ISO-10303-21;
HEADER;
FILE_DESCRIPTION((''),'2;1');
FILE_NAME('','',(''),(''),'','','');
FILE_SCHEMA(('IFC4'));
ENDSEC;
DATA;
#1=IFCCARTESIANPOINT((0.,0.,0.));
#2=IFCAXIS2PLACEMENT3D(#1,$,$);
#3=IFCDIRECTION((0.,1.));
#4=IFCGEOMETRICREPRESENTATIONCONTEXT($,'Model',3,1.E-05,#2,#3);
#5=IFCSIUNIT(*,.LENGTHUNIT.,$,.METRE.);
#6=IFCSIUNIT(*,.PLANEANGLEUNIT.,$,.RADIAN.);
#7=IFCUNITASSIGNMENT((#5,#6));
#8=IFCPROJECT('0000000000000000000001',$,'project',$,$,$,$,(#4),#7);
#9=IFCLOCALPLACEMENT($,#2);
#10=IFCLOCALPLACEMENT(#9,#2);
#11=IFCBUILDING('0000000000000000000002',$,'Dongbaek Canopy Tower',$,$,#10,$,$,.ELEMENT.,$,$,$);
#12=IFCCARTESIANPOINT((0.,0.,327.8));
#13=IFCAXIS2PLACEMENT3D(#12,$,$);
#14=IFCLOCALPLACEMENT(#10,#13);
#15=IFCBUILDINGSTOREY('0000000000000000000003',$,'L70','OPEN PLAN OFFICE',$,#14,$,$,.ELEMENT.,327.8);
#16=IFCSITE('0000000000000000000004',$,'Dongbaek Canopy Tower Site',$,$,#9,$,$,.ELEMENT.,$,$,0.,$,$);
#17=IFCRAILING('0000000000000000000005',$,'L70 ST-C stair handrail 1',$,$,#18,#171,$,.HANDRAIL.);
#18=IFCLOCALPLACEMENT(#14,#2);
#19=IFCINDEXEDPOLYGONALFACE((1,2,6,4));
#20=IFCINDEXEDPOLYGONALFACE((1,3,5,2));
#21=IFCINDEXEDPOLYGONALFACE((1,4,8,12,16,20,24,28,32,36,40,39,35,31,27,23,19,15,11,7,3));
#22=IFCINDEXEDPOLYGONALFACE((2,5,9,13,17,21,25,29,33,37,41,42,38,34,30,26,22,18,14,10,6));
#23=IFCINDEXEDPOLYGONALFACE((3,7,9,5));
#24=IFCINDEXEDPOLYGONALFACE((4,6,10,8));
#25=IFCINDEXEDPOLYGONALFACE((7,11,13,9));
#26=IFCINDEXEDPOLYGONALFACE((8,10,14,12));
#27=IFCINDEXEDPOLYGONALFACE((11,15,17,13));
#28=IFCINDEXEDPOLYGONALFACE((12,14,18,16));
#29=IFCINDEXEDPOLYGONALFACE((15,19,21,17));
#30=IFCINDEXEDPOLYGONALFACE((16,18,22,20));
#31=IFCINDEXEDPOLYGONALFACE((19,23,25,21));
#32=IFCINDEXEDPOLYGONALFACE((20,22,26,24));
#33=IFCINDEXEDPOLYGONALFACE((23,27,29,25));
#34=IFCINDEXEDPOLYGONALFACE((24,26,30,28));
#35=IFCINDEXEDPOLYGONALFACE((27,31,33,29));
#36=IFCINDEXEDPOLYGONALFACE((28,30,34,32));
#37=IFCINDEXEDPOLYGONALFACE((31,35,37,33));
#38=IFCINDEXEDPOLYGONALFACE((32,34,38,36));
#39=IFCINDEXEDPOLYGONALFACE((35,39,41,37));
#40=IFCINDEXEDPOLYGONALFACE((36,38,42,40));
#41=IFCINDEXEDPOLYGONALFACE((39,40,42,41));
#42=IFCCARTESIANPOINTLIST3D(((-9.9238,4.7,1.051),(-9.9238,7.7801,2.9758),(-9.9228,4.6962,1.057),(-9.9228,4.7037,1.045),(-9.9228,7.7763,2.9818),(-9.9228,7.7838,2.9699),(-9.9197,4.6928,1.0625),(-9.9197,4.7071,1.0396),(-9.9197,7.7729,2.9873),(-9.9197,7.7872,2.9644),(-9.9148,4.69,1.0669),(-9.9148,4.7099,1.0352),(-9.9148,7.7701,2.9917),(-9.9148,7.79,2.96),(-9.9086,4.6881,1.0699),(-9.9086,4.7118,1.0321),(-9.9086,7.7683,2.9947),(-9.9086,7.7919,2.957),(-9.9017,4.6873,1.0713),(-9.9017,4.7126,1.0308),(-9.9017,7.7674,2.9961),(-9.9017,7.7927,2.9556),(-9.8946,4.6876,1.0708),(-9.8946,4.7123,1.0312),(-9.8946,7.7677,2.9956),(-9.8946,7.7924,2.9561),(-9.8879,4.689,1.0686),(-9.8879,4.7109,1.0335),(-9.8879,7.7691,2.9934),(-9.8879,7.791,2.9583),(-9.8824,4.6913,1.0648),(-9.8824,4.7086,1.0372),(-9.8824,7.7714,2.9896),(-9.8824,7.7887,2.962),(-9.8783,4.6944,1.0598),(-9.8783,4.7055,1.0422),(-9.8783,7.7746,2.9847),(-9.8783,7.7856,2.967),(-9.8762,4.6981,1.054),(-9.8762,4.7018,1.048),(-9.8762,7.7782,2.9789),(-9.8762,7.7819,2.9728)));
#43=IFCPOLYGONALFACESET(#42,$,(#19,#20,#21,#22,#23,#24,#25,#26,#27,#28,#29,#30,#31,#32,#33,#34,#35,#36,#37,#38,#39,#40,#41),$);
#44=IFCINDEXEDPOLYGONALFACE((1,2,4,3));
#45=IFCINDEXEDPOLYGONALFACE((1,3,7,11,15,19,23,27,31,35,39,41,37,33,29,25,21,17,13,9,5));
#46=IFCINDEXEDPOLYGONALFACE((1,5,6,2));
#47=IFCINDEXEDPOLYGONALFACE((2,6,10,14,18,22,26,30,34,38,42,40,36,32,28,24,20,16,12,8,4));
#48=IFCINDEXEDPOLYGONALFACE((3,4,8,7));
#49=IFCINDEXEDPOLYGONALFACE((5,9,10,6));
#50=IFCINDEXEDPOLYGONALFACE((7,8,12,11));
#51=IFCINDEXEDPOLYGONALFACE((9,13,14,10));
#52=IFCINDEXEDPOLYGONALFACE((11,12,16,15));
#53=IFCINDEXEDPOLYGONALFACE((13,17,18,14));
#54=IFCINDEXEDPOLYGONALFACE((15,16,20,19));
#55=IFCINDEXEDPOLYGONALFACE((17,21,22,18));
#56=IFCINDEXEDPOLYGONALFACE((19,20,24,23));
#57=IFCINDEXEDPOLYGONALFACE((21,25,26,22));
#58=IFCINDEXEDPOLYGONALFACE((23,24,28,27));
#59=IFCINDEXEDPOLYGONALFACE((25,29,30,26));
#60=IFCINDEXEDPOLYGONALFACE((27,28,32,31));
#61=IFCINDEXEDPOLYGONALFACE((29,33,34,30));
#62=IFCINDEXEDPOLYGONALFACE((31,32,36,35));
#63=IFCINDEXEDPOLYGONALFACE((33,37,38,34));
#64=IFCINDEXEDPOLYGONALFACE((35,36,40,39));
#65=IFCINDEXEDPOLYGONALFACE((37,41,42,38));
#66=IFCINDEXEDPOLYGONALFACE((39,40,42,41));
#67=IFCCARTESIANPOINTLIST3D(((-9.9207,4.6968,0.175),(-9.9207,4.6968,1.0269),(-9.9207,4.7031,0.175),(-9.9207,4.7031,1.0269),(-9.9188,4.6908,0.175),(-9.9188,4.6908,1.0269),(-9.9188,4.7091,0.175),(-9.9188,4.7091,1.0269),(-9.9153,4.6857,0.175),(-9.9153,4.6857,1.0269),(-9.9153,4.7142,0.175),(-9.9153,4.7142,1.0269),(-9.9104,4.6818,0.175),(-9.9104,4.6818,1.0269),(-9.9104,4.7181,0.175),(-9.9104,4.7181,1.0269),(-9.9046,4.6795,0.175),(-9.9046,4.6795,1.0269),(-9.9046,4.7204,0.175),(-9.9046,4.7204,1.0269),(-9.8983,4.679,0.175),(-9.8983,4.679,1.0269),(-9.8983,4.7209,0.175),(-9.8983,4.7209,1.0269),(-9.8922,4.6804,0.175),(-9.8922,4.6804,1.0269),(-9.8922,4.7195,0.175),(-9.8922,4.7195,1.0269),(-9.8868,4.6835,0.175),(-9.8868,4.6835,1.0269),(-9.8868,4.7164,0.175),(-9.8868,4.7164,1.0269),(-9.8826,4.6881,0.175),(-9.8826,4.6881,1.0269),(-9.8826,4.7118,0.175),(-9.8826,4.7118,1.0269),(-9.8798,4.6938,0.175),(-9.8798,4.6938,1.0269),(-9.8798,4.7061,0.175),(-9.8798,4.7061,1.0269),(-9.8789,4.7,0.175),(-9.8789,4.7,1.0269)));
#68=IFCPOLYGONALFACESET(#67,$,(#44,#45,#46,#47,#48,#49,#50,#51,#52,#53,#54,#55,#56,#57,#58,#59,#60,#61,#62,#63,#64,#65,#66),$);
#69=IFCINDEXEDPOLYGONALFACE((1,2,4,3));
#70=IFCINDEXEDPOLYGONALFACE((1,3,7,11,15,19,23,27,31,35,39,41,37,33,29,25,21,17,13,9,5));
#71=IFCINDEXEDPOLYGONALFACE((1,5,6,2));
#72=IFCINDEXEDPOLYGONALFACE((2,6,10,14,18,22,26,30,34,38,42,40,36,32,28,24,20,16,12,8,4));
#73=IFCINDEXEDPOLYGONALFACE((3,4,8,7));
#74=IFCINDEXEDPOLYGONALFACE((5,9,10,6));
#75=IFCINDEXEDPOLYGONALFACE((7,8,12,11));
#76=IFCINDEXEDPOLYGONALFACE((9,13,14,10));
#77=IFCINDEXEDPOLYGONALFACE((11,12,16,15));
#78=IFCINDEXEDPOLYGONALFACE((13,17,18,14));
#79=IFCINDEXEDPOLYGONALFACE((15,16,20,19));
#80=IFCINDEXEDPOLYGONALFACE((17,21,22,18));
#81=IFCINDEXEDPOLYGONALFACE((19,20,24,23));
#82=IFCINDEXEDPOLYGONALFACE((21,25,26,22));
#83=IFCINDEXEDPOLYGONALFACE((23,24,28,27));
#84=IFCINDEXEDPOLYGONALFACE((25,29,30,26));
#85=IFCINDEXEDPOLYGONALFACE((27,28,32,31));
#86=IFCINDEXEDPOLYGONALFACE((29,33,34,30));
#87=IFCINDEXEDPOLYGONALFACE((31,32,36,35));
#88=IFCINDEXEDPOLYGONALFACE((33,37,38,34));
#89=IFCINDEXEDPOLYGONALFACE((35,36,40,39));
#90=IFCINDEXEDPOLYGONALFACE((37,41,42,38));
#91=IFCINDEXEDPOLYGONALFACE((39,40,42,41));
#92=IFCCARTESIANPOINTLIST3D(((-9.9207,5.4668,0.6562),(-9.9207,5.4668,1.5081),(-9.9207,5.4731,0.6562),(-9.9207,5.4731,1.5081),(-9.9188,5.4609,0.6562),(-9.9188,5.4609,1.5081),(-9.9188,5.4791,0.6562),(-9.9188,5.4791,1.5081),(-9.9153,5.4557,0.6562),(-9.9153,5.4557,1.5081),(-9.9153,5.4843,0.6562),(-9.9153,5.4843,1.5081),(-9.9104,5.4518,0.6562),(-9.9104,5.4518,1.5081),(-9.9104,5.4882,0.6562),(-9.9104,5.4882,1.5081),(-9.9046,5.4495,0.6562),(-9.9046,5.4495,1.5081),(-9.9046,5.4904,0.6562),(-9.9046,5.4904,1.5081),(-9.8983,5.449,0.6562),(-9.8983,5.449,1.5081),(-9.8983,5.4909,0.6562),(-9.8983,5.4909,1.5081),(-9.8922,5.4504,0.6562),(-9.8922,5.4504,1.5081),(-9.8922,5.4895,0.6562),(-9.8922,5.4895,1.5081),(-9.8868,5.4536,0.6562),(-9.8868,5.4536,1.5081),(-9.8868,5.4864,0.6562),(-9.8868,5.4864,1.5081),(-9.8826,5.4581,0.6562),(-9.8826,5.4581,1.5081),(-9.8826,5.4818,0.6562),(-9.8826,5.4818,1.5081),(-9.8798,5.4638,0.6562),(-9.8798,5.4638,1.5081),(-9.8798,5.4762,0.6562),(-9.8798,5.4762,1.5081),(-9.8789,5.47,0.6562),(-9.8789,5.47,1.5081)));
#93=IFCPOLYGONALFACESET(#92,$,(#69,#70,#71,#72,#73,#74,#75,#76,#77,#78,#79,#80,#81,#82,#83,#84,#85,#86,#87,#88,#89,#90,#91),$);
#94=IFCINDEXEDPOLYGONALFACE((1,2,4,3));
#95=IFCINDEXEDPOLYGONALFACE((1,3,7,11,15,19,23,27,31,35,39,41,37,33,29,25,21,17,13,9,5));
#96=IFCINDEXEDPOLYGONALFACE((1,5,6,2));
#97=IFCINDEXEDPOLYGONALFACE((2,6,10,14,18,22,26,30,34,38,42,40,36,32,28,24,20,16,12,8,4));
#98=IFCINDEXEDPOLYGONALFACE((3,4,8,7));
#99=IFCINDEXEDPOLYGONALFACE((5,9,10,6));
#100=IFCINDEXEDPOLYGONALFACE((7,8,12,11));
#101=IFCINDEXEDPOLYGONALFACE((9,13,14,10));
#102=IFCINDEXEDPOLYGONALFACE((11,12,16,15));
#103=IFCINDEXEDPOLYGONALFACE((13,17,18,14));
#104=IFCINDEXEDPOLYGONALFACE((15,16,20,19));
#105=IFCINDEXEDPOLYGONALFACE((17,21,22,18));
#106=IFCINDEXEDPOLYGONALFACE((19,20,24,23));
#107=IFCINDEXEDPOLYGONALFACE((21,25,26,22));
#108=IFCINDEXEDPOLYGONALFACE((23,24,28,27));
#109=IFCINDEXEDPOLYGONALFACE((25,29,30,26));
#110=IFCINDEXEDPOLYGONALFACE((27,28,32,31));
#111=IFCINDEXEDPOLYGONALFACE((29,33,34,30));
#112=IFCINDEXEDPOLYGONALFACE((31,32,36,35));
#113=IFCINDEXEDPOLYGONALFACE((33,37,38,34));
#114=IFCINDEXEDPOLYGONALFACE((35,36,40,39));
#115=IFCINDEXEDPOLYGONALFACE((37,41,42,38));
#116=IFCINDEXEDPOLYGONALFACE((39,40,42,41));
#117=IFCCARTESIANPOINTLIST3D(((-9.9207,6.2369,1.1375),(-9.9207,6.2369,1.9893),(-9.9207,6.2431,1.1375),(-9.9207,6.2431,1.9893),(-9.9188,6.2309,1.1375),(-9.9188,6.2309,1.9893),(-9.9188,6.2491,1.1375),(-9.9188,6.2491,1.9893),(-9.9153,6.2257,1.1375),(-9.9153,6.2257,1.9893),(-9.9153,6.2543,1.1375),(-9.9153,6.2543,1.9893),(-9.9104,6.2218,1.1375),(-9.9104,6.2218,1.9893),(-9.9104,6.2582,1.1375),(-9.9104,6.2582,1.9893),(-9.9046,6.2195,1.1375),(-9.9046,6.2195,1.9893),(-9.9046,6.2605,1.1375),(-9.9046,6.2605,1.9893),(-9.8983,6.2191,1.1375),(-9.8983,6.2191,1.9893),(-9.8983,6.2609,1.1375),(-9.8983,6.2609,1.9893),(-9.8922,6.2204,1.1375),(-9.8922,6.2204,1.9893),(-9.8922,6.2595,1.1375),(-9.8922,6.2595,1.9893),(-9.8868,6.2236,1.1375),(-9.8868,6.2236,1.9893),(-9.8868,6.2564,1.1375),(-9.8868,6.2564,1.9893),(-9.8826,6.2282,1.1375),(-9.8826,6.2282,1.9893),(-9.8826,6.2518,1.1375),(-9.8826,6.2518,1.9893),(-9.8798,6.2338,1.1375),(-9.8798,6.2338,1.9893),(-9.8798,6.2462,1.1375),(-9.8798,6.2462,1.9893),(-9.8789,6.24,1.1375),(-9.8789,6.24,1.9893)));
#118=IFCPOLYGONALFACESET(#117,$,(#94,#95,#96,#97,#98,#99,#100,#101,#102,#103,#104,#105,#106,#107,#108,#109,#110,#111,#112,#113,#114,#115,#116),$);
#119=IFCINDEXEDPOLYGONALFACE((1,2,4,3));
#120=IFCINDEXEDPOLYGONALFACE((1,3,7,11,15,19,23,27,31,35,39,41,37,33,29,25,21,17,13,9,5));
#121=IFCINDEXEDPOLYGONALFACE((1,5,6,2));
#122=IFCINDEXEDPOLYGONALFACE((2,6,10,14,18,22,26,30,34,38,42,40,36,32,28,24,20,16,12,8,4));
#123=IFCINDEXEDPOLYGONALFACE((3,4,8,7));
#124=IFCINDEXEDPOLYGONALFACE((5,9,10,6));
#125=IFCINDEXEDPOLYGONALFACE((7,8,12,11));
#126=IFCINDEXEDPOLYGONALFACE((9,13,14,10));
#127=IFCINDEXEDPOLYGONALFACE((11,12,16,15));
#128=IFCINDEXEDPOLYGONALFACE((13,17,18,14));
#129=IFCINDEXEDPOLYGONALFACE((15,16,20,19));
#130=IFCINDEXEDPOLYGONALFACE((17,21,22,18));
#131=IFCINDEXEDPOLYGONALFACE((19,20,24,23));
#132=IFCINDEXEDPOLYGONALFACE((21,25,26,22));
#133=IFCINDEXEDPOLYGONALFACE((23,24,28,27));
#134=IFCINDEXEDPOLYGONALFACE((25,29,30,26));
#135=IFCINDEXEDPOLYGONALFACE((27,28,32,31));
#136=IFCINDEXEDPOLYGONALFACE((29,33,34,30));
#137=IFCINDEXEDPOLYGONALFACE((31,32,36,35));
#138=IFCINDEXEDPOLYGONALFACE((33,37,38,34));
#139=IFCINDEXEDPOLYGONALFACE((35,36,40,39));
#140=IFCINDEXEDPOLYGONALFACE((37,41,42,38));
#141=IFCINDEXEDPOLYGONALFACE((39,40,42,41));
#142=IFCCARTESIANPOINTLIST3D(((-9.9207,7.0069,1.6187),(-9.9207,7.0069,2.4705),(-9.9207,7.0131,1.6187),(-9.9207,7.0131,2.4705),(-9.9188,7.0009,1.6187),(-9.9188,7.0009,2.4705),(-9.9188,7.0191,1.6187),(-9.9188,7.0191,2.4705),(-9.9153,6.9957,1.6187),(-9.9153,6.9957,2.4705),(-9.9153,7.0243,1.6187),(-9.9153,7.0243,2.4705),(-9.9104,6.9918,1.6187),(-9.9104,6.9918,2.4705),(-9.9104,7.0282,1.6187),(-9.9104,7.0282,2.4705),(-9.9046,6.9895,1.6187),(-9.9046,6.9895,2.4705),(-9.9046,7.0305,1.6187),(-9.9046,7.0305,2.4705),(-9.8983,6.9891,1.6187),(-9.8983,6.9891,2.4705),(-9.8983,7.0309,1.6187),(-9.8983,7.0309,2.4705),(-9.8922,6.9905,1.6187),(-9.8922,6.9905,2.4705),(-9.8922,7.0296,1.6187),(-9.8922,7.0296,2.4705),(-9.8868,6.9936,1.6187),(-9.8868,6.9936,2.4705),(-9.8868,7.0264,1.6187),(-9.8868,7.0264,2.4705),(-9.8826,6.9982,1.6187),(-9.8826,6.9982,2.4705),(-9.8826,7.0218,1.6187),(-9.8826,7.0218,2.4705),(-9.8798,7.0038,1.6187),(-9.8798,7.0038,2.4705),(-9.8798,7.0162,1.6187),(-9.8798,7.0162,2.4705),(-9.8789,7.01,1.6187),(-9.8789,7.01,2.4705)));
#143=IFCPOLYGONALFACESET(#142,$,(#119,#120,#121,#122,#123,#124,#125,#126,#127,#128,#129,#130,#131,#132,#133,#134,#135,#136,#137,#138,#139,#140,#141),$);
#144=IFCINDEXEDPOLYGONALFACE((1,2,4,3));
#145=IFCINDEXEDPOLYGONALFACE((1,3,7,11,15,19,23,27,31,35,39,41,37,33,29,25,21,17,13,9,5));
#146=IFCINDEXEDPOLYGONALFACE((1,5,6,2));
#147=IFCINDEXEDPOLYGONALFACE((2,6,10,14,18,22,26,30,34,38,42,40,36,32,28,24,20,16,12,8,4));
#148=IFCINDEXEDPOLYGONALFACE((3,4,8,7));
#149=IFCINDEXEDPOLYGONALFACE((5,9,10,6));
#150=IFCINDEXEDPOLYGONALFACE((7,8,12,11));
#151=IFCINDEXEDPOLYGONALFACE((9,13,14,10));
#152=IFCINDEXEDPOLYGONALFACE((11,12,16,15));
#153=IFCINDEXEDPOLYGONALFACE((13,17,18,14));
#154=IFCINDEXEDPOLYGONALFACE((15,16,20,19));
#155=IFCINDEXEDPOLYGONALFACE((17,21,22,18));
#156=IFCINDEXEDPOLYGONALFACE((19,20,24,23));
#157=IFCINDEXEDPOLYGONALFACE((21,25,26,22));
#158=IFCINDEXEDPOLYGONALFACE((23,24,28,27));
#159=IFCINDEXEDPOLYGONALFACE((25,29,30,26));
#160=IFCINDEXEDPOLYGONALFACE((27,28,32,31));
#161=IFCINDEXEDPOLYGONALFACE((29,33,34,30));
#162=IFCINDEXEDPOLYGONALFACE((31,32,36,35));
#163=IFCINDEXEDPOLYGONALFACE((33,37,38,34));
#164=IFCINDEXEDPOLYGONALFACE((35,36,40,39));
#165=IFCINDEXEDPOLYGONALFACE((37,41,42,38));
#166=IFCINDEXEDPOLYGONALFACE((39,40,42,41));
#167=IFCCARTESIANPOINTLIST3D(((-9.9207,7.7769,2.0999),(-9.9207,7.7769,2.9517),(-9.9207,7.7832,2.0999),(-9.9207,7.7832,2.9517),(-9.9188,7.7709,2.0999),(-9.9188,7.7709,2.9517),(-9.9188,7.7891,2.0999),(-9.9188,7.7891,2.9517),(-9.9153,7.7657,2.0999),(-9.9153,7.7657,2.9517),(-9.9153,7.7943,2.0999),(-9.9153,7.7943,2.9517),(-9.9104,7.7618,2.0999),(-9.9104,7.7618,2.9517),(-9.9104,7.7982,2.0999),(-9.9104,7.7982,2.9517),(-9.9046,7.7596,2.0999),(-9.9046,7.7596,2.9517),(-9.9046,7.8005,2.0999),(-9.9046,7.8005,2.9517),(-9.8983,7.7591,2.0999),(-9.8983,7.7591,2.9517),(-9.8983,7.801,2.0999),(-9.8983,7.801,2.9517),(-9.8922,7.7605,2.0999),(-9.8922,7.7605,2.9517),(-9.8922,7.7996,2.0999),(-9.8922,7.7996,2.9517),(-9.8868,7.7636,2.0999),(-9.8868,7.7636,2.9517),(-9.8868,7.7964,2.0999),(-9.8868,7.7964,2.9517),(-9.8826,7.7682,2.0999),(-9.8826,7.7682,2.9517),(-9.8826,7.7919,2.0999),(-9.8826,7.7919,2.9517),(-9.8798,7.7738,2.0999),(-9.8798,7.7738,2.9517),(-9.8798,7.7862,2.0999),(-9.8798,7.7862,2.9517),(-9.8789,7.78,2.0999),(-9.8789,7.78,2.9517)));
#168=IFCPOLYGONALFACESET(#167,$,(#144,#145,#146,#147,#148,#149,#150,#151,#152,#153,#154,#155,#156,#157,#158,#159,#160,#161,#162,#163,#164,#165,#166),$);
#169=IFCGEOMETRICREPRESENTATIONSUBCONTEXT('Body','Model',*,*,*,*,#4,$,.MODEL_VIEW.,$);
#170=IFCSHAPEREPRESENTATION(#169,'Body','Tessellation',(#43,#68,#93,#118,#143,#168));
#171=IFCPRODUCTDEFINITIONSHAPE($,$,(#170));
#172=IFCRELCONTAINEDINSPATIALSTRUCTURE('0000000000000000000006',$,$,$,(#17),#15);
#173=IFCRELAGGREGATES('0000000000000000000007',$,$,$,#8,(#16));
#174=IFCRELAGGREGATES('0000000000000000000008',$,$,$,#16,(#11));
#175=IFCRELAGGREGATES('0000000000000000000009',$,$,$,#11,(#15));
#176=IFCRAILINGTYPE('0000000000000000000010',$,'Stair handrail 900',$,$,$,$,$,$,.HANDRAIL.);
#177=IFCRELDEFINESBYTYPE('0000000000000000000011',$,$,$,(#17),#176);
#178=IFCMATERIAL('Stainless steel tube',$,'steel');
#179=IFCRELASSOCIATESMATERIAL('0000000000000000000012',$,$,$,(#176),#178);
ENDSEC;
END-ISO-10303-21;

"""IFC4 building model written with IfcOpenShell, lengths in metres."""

from ifc_helpers import new_model, si_unit, direction, frame, origin, origin_2d, place, context, subcontext, project, spatial, circle, extrude, material, type_object, element, save


model = new_model("IFC4")

# Units and contexts
model_context = context("Model", 3, precision=1e-05, world=origin(), true_north=direction((0.0, 1.0)))
body_context = subcontext(model_context, "Body", "Model", "MODEL_VIEW")
ifc_project = project(units=[si_unit("LENGTHUNIT", "METRE"), si_unit("PLANEANGLEUNIT", "RADIAN")], contexts=[model_context])

# Site, building, storey
site_placement = place(None, origin())
site = spatial("IfcSite", under=ifc_project, at=site_placement, Name="Dongbaek Canopy Tower Site", CompositionType="ELEMENT", RefElevation=0.0)
building_placement = place(site_placement, origin())
building = spatial("IfcBuilding", under=site, at=building_placement, Name="Dongbaek Canopy Tower", CompositionType="ELEMENT")
storey_placement = place(building_placement, frame((0.0, 0.0, 327.8)))
storey = spatial("IfcBuildingStorey", under=building, at=storey_placement, Name="L70", Description="OPEN PLAN OFFICE", CompositionType="ELEMENT", Elevation=327.8)

# Railing
ifc_material_1 = material(Name="Stainless steel tube", Category="steel")
railing_type_1 = type_object("IfcRailingType", Name="Stair handrail 900", PredefinedType="HANDRAIL", material=ifc_material_1)
railing_1_placement = place(storey_placement, frame((-9.8999, 4.7, 0.175)))
element("IfcRailing", 1, at=railing_1_placement, inside=storey, type_object=railing_type_1, Name="L70 ST-C stair handrail 1", PredefinedType="HANDRAIL", context=body_context, shape_type="SweptSolid", body=[
    extrude(circle(Radius=0.0239, at=origin_2d()), frame((0.0, 0.0, 0.876), z_axis=(0.0, 0.848029, 0.529951), x_axis=(-1.0, 0.0, 0.0)), (0.0, 0.0, 1.0), 3.6321),
    extrude(circle(Radius=0.021, at=origin_2d()), origin(), (0.0, 0.0, 1.0), 0.8518),
    extrude(circle(Radius=0.021, at=origin_2d()), frame((0.0, 0.77, 0.4812)), (0.0, 0.0, 1.0), 0.8518),
    extrude(circle(Radius=0.021, at=origin_2d()), frame((0.0, 1.54, 0.9624)), (0.0, 0.0, 1.0), 0.8518),
    extrude(circle(Radius=0.021, at=origin_2d()), frame((0.0, 2.3101, 1.4436)), (0.0, 0.0, 1.0), 0.8518),
    extrude(circle(Radius=0.021, at=origin_2d()), frame((0.0, 3.0801, 1.9248)), (0.0, 0.0, 1.0), 0.8518),
])

save(model, "model.ifc")
